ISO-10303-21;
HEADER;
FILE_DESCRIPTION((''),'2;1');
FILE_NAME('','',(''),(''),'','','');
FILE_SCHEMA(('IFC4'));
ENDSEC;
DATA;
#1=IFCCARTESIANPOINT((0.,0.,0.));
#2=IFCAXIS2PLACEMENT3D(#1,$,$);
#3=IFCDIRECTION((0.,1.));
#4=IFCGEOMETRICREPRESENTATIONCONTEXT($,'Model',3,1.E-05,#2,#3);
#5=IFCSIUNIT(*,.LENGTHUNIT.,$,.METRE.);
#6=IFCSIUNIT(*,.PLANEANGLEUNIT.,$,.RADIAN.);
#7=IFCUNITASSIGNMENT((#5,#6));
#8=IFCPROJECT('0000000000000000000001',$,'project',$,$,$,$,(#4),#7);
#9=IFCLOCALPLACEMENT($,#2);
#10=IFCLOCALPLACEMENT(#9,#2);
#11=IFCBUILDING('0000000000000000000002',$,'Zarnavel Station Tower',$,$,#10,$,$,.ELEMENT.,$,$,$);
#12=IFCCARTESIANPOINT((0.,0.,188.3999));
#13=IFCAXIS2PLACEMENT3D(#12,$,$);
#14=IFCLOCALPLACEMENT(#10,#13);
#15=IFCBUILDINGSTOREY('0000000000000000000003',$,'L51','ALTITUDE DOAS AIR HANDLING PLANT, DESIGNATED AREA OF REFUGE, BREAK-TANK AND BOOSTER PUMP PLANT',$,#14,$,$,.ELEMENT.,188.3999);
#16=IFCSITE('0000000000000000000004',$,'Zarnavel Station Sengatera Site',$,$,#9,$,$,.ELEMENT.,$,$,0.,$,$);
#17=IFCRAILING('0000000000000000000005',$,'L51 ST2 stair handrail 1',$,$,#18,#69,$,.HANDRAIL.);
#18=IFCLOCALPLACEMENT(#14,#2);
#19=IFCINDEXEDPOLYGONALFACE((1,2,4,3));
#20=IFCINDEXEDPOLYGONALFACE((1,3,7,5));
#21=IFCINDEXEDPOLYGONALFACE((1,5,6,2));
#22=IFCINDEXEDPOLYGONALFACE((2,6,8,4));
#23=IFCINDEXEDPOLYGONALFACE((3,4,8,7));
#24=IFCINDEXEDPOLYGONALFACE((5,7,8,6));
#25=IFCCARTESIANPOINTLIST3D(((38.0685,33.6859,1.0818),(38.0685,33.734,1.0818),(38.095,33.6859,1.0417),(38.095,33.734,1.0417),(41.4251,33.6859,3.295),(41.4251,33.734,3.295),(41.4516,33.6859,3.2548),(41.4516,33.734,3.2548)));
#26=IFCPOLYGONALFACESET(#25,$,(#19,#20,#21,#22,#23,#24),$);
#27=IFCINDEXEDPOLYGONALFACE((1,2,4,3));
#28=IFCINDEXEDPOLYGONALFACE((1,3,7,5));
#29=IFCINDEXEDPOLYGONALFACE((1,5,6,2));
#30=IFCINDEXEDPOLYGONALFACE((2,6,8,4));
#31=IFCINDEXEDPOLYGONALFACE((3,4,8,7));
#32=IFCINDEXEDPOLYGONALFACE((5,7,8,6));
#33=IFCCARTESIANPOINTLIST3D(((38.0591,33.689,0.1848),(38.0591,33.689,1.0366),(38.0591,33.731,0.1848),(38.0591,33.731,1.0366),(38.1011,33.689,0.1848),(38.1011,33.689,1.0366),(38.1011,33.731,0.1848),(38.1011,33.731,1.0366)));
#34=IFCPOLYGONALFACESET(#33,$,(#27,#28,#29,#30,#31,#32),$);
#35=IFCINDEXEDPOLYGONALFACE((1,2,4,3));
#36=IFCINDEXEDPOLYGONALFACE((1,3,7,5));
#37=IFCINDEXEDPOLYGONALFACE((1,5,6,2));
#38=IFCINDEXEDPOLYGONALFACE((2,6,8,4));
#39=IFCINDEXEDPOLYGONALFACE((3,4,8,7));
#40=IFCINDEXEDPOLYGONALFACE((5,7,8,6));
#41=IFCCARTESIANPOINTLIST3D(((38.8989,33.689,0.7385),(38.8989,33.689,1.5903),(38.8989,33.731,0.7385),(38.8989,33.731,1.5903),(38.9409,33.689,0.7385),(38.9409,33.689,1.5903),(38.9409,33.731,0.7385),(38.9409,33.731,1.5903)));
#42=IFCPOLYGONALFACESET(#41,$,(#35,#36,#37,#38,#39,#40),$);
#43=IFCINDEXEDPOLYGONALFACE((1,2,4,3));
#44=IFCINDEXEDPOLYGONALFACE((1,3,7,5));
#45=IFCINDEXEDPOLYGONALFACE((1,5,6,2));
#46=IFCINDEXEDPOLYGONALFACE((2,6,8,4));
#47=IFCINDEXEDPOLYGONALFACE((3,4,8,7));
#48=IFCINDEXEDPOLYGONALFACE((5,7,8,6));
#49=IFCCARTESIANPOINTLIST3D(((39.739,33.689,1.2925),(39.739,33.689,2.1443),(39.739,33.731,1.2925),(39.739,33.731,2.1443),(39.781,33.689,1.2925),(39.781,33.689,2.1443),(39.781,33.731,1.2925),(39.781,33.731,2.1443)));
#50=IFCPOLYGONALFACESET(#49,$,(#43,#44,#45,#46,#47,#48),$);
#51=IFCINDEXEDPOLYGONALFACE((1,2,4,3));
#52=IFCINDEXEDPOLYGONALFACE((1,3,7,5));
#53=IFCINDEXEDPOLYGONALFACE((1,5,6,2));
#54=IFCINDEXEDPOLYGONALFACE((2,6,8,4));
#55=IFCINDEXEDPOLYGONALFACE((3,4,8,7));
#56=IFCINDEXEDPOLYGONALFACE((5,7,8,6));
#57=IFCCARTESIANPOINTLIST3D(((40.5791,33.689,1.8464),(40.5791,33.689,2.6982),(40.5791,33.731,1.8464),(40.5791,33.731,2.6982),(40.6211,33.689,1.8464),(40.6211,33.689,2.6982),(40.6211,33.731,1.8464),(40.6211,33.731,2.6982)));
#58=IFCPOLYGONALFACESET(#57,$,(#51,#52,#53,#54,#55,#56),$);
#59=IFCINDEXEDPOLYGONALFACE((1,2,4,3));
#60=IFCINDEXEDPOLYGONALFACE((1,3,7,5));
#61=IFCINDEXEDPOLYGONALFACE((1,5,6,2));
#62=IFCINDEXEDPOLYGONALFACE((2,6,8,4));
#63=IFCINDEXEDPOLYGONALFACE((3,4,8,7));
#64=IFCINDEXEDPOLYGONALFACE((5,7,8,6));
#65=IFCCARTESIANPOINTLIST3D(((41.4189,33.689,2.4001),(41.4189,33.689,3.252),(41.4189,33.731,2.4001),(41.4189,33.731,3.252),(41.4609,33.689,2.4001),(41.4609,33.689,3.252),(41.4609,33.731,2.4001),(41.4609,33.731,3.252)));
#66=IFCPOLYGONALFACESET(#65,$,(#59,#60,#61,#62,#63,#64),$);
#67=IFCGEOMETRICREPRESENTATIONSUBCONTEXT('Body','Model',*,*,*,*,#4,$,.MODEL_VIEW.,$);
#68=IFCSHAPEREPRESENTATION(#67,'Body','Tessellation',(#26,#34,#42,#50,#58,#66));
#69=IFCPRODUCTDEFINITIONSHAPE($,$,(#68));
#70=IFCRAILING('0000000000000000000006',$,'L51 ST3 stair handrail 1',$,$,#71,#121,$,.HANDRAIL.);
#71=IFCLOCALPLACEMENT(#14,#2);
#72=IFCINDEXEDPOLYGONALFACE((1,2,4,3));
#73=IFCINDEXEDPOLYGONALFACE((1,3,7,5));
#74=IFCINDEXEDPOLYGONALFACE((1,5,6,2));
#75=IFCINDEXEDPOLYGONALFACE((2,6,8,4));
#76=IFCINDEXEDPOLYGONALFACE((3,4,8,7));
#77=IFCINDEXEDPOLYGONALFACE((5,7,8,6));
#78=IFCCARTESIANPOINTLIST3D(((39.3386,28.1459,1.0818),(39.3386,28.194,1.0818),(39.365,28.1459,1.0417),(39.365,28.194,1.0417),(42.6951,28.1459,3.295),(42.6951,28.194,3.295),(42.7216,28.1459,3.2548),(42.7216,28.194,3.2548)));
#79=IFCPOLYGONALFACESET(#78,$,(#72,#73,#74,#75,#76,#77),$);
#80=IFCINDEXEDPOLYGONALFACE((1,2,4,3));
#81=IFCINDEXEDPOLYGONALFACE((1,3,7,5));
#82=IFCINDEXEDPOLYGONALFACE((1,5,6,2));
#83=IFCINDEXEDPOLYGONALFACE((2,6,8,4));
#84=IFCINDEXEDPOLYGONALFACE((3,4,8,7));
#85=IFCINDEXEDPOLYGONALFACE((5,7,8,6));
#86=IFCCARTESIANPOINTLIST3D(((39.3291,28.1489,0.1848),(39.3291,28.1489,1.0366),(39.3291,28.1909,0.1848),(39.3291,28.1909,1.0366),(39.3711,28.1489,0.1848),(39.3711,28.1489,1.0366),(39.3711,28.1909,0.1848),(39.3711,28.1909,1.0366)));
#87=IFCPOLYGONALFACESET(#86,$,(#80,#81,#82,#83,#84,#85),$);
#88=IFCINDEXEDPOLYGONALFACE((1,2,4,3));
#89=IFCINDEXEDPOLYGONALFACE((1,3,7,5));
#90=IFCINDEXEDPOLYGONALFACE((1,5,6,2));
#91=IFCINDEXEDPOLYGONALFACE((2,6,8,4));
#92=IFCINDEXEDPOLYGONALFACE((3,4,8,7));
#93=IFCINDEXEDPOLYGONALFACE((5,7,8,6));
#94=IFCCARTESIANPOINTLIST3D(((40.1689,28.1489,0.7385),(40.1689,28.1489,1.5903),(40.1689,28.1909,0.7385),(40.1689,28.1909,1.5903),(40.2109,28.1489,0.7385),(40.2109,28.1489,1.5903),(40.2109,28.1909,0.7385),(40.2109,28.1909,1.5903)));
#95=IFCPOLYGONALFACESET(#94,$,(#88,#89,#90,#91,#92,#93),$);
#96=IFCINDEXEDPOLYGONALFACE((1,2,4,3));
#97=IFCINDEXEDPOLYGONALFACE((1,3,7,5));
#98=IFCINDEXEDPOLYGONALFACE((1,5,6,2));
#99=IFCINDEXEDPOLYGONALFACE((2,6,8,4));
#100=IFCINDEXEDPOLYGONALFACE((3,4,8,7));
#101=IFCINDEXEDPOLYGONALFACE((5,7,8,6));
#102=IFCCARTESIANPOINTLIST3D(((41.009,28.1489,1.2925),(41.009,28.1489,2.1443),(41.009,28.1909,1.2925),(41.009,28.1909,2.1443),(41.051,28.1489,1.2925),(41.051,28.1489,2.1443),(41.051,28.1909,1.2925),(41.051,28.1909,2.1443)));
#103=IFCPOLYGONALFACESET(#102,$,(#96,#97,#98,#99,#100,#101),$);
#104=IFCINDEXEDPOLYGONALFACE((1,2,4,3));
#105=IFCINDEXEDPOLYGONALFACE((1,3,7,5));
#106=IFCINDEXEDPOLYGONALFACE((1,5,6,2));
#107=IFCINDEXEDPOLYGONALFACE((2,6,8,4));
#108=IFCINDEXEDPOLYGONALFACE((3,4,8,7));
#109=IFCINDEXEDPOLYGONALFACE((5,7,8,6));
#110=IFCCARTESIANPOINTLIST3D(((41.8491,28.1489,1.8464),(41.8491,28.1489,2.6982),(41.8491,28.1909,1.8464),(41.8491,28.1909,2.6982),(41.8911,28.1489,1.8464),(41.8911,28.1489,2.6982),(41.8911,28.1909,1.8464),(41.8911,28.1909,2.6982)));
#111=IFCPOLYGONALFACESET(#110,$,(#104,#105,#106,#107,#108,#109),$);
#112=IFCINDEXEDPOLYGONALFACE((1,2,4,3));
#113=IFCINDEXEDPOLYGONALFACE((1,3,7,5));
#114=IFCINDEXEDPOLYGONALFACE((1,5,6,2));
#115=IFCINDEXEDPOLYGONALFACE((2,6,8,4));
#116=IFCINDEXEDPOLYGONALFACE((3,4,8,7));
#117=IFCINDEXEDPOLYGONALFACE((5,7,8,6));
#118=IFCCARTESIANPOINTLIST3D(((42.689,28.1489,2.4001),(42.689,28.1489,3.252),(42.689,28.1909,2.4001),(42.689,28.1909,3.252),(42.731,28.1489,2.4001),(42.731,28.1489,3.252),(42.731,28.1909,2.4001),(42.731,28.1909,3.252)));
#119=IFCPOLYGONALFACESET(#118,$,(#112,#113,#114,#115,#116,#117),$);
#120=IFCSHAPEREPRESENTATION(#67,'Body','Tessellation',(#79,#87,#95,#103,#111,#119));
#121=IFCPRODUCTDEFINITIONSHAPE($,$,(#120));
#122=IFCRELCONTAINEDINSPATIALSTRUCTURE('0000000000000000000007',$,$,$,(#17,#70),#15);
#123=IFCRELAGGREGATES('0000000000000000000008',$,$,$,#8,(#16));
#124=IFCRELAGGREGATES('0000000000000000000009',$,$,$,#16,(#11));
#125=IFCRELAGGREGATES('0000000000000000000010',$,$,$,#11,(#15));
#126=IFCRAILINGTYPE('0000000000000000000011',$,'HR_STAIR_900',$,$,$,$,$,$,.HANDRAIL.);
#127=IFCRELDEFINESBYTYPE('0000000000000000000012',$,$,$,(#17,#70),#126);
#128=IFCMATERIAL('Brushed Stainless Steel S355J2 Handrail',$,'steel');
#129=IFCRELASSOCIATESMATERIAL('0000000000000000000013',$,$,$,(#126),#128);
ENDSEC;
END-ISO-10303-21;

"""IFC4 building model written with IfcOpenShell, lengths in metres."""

from ifc_helpers import new_model, si_unit, direction, frame, origin, origin_2d, place, context, subcontext, project, spatial, rectangle, extrude, material, type_object, element, save


model = new_model("IFC4")

# Units and contexts
model_context = context("Model", 3, precision=1e-05, world=origin(), true_north=direction((0.0, 1.0)))
body_context = subcontext(model_context, "Body", "Model", "MODEL_VIEW")
ifc_project = project(units=[si_unit("LENGTHUNIT", "METRE"), si_unit("PLANEANGLEUNIT", "RADIAN")], contexts=[model_context])

# Site, building, storey
site_placement = place(None, origin())
site = spatial("IfcSite", under=ifc_project, at=site_placement, Name="Zarnavel Station Sengatera Site", CompositionType="ELEMENT", RefElevation=0.0)
building_placement = place(site_placement, origin())
building = spatial("IfcBuilding", under=site, at=building_placement, Name="Zarnavel Station Tower", CompositionType="ELEMENT")
storey_placement = place(building_placement, frame((0.0, 0.0, 188.3999)))
storey = spatial("IfcBuildingStorey", under=building, at=storey_placement, Name="L51", Description="ALTITUDE DOAS AIR HANDLING PLANT, DESIGNATED AREA OF REFUGE, BREAK-TANK AND BOOSTER PUMP PLANT", CompositionType="ELEMENT", Elevation=188.3999)

# Railings
ifc_material_1 = material(Name="Brushed Stainless Steel S355J2 Handrail", Category="steel")
railing_type_1 = type_object("IfcRailingType", Name="HR_STAIR_900", PredefinedType="HANDRAIL", material=ifc_material_1)
for number, where, name in (
    (1, (38.0801, 33.71, 0.1848), "L51 ST2 stair handrail 1"),
    (2, (39.3501, 28.1699, 0.1848), "L51 ST3 stair handrail 1"),
):
    element("IfcRailing", number, at=place(storey_placement, frame(where)), inside=storey, type_object=railing_type_1, Name=name, PredefinedType="HANDRAIL", context=body_context, shape_type="SweptSolid", body=[
        extrude(rectangle(XDim=0.0481, YDim=0.0481, at=origin_2d()), frame((0.0017, 0.0, 0.877), z_axis=(0.834858, 0.0, 0.550465), x_axis=(0.0, 1.0, 0.0)), (0.0, 0.0, 1.0), 4.0205),
        extrude(rectangle(XDim=0.042, YDim=0.042, at=origin_2d()), origin(), (0.0, 0.0, 1.0), 0.8518),
        extrude(rectangle(XDim=0.042, YDim=0.042, at=origin_2d()), frame((0.8398, 0.0, 0.5537)), (0.0, 0.0, 1.0), 0.8518),
        extrude(rectangle(XDim=0.042, YDim=0.042, at=origin_2d()), frame((1.6799, 0.0, 1.1077)), (0.0, 0.0, 1.0), 0.8518),
        extrude(rectangle(XDim=0.042, YDim=0.042, at=origin_2d()), frame((2.52, 0.0, 1.6616)), (0.0, 0.0, 1.0), 0.8518),
        extrude(rectangle(XDim=0.042, YDim=0.042, at=origin_2d()), frame((3.3599, 0.0, 2.2153)), (0.0, 0.0, 1.0), 0.8518),
    ])

save(model, "model.ifc")
